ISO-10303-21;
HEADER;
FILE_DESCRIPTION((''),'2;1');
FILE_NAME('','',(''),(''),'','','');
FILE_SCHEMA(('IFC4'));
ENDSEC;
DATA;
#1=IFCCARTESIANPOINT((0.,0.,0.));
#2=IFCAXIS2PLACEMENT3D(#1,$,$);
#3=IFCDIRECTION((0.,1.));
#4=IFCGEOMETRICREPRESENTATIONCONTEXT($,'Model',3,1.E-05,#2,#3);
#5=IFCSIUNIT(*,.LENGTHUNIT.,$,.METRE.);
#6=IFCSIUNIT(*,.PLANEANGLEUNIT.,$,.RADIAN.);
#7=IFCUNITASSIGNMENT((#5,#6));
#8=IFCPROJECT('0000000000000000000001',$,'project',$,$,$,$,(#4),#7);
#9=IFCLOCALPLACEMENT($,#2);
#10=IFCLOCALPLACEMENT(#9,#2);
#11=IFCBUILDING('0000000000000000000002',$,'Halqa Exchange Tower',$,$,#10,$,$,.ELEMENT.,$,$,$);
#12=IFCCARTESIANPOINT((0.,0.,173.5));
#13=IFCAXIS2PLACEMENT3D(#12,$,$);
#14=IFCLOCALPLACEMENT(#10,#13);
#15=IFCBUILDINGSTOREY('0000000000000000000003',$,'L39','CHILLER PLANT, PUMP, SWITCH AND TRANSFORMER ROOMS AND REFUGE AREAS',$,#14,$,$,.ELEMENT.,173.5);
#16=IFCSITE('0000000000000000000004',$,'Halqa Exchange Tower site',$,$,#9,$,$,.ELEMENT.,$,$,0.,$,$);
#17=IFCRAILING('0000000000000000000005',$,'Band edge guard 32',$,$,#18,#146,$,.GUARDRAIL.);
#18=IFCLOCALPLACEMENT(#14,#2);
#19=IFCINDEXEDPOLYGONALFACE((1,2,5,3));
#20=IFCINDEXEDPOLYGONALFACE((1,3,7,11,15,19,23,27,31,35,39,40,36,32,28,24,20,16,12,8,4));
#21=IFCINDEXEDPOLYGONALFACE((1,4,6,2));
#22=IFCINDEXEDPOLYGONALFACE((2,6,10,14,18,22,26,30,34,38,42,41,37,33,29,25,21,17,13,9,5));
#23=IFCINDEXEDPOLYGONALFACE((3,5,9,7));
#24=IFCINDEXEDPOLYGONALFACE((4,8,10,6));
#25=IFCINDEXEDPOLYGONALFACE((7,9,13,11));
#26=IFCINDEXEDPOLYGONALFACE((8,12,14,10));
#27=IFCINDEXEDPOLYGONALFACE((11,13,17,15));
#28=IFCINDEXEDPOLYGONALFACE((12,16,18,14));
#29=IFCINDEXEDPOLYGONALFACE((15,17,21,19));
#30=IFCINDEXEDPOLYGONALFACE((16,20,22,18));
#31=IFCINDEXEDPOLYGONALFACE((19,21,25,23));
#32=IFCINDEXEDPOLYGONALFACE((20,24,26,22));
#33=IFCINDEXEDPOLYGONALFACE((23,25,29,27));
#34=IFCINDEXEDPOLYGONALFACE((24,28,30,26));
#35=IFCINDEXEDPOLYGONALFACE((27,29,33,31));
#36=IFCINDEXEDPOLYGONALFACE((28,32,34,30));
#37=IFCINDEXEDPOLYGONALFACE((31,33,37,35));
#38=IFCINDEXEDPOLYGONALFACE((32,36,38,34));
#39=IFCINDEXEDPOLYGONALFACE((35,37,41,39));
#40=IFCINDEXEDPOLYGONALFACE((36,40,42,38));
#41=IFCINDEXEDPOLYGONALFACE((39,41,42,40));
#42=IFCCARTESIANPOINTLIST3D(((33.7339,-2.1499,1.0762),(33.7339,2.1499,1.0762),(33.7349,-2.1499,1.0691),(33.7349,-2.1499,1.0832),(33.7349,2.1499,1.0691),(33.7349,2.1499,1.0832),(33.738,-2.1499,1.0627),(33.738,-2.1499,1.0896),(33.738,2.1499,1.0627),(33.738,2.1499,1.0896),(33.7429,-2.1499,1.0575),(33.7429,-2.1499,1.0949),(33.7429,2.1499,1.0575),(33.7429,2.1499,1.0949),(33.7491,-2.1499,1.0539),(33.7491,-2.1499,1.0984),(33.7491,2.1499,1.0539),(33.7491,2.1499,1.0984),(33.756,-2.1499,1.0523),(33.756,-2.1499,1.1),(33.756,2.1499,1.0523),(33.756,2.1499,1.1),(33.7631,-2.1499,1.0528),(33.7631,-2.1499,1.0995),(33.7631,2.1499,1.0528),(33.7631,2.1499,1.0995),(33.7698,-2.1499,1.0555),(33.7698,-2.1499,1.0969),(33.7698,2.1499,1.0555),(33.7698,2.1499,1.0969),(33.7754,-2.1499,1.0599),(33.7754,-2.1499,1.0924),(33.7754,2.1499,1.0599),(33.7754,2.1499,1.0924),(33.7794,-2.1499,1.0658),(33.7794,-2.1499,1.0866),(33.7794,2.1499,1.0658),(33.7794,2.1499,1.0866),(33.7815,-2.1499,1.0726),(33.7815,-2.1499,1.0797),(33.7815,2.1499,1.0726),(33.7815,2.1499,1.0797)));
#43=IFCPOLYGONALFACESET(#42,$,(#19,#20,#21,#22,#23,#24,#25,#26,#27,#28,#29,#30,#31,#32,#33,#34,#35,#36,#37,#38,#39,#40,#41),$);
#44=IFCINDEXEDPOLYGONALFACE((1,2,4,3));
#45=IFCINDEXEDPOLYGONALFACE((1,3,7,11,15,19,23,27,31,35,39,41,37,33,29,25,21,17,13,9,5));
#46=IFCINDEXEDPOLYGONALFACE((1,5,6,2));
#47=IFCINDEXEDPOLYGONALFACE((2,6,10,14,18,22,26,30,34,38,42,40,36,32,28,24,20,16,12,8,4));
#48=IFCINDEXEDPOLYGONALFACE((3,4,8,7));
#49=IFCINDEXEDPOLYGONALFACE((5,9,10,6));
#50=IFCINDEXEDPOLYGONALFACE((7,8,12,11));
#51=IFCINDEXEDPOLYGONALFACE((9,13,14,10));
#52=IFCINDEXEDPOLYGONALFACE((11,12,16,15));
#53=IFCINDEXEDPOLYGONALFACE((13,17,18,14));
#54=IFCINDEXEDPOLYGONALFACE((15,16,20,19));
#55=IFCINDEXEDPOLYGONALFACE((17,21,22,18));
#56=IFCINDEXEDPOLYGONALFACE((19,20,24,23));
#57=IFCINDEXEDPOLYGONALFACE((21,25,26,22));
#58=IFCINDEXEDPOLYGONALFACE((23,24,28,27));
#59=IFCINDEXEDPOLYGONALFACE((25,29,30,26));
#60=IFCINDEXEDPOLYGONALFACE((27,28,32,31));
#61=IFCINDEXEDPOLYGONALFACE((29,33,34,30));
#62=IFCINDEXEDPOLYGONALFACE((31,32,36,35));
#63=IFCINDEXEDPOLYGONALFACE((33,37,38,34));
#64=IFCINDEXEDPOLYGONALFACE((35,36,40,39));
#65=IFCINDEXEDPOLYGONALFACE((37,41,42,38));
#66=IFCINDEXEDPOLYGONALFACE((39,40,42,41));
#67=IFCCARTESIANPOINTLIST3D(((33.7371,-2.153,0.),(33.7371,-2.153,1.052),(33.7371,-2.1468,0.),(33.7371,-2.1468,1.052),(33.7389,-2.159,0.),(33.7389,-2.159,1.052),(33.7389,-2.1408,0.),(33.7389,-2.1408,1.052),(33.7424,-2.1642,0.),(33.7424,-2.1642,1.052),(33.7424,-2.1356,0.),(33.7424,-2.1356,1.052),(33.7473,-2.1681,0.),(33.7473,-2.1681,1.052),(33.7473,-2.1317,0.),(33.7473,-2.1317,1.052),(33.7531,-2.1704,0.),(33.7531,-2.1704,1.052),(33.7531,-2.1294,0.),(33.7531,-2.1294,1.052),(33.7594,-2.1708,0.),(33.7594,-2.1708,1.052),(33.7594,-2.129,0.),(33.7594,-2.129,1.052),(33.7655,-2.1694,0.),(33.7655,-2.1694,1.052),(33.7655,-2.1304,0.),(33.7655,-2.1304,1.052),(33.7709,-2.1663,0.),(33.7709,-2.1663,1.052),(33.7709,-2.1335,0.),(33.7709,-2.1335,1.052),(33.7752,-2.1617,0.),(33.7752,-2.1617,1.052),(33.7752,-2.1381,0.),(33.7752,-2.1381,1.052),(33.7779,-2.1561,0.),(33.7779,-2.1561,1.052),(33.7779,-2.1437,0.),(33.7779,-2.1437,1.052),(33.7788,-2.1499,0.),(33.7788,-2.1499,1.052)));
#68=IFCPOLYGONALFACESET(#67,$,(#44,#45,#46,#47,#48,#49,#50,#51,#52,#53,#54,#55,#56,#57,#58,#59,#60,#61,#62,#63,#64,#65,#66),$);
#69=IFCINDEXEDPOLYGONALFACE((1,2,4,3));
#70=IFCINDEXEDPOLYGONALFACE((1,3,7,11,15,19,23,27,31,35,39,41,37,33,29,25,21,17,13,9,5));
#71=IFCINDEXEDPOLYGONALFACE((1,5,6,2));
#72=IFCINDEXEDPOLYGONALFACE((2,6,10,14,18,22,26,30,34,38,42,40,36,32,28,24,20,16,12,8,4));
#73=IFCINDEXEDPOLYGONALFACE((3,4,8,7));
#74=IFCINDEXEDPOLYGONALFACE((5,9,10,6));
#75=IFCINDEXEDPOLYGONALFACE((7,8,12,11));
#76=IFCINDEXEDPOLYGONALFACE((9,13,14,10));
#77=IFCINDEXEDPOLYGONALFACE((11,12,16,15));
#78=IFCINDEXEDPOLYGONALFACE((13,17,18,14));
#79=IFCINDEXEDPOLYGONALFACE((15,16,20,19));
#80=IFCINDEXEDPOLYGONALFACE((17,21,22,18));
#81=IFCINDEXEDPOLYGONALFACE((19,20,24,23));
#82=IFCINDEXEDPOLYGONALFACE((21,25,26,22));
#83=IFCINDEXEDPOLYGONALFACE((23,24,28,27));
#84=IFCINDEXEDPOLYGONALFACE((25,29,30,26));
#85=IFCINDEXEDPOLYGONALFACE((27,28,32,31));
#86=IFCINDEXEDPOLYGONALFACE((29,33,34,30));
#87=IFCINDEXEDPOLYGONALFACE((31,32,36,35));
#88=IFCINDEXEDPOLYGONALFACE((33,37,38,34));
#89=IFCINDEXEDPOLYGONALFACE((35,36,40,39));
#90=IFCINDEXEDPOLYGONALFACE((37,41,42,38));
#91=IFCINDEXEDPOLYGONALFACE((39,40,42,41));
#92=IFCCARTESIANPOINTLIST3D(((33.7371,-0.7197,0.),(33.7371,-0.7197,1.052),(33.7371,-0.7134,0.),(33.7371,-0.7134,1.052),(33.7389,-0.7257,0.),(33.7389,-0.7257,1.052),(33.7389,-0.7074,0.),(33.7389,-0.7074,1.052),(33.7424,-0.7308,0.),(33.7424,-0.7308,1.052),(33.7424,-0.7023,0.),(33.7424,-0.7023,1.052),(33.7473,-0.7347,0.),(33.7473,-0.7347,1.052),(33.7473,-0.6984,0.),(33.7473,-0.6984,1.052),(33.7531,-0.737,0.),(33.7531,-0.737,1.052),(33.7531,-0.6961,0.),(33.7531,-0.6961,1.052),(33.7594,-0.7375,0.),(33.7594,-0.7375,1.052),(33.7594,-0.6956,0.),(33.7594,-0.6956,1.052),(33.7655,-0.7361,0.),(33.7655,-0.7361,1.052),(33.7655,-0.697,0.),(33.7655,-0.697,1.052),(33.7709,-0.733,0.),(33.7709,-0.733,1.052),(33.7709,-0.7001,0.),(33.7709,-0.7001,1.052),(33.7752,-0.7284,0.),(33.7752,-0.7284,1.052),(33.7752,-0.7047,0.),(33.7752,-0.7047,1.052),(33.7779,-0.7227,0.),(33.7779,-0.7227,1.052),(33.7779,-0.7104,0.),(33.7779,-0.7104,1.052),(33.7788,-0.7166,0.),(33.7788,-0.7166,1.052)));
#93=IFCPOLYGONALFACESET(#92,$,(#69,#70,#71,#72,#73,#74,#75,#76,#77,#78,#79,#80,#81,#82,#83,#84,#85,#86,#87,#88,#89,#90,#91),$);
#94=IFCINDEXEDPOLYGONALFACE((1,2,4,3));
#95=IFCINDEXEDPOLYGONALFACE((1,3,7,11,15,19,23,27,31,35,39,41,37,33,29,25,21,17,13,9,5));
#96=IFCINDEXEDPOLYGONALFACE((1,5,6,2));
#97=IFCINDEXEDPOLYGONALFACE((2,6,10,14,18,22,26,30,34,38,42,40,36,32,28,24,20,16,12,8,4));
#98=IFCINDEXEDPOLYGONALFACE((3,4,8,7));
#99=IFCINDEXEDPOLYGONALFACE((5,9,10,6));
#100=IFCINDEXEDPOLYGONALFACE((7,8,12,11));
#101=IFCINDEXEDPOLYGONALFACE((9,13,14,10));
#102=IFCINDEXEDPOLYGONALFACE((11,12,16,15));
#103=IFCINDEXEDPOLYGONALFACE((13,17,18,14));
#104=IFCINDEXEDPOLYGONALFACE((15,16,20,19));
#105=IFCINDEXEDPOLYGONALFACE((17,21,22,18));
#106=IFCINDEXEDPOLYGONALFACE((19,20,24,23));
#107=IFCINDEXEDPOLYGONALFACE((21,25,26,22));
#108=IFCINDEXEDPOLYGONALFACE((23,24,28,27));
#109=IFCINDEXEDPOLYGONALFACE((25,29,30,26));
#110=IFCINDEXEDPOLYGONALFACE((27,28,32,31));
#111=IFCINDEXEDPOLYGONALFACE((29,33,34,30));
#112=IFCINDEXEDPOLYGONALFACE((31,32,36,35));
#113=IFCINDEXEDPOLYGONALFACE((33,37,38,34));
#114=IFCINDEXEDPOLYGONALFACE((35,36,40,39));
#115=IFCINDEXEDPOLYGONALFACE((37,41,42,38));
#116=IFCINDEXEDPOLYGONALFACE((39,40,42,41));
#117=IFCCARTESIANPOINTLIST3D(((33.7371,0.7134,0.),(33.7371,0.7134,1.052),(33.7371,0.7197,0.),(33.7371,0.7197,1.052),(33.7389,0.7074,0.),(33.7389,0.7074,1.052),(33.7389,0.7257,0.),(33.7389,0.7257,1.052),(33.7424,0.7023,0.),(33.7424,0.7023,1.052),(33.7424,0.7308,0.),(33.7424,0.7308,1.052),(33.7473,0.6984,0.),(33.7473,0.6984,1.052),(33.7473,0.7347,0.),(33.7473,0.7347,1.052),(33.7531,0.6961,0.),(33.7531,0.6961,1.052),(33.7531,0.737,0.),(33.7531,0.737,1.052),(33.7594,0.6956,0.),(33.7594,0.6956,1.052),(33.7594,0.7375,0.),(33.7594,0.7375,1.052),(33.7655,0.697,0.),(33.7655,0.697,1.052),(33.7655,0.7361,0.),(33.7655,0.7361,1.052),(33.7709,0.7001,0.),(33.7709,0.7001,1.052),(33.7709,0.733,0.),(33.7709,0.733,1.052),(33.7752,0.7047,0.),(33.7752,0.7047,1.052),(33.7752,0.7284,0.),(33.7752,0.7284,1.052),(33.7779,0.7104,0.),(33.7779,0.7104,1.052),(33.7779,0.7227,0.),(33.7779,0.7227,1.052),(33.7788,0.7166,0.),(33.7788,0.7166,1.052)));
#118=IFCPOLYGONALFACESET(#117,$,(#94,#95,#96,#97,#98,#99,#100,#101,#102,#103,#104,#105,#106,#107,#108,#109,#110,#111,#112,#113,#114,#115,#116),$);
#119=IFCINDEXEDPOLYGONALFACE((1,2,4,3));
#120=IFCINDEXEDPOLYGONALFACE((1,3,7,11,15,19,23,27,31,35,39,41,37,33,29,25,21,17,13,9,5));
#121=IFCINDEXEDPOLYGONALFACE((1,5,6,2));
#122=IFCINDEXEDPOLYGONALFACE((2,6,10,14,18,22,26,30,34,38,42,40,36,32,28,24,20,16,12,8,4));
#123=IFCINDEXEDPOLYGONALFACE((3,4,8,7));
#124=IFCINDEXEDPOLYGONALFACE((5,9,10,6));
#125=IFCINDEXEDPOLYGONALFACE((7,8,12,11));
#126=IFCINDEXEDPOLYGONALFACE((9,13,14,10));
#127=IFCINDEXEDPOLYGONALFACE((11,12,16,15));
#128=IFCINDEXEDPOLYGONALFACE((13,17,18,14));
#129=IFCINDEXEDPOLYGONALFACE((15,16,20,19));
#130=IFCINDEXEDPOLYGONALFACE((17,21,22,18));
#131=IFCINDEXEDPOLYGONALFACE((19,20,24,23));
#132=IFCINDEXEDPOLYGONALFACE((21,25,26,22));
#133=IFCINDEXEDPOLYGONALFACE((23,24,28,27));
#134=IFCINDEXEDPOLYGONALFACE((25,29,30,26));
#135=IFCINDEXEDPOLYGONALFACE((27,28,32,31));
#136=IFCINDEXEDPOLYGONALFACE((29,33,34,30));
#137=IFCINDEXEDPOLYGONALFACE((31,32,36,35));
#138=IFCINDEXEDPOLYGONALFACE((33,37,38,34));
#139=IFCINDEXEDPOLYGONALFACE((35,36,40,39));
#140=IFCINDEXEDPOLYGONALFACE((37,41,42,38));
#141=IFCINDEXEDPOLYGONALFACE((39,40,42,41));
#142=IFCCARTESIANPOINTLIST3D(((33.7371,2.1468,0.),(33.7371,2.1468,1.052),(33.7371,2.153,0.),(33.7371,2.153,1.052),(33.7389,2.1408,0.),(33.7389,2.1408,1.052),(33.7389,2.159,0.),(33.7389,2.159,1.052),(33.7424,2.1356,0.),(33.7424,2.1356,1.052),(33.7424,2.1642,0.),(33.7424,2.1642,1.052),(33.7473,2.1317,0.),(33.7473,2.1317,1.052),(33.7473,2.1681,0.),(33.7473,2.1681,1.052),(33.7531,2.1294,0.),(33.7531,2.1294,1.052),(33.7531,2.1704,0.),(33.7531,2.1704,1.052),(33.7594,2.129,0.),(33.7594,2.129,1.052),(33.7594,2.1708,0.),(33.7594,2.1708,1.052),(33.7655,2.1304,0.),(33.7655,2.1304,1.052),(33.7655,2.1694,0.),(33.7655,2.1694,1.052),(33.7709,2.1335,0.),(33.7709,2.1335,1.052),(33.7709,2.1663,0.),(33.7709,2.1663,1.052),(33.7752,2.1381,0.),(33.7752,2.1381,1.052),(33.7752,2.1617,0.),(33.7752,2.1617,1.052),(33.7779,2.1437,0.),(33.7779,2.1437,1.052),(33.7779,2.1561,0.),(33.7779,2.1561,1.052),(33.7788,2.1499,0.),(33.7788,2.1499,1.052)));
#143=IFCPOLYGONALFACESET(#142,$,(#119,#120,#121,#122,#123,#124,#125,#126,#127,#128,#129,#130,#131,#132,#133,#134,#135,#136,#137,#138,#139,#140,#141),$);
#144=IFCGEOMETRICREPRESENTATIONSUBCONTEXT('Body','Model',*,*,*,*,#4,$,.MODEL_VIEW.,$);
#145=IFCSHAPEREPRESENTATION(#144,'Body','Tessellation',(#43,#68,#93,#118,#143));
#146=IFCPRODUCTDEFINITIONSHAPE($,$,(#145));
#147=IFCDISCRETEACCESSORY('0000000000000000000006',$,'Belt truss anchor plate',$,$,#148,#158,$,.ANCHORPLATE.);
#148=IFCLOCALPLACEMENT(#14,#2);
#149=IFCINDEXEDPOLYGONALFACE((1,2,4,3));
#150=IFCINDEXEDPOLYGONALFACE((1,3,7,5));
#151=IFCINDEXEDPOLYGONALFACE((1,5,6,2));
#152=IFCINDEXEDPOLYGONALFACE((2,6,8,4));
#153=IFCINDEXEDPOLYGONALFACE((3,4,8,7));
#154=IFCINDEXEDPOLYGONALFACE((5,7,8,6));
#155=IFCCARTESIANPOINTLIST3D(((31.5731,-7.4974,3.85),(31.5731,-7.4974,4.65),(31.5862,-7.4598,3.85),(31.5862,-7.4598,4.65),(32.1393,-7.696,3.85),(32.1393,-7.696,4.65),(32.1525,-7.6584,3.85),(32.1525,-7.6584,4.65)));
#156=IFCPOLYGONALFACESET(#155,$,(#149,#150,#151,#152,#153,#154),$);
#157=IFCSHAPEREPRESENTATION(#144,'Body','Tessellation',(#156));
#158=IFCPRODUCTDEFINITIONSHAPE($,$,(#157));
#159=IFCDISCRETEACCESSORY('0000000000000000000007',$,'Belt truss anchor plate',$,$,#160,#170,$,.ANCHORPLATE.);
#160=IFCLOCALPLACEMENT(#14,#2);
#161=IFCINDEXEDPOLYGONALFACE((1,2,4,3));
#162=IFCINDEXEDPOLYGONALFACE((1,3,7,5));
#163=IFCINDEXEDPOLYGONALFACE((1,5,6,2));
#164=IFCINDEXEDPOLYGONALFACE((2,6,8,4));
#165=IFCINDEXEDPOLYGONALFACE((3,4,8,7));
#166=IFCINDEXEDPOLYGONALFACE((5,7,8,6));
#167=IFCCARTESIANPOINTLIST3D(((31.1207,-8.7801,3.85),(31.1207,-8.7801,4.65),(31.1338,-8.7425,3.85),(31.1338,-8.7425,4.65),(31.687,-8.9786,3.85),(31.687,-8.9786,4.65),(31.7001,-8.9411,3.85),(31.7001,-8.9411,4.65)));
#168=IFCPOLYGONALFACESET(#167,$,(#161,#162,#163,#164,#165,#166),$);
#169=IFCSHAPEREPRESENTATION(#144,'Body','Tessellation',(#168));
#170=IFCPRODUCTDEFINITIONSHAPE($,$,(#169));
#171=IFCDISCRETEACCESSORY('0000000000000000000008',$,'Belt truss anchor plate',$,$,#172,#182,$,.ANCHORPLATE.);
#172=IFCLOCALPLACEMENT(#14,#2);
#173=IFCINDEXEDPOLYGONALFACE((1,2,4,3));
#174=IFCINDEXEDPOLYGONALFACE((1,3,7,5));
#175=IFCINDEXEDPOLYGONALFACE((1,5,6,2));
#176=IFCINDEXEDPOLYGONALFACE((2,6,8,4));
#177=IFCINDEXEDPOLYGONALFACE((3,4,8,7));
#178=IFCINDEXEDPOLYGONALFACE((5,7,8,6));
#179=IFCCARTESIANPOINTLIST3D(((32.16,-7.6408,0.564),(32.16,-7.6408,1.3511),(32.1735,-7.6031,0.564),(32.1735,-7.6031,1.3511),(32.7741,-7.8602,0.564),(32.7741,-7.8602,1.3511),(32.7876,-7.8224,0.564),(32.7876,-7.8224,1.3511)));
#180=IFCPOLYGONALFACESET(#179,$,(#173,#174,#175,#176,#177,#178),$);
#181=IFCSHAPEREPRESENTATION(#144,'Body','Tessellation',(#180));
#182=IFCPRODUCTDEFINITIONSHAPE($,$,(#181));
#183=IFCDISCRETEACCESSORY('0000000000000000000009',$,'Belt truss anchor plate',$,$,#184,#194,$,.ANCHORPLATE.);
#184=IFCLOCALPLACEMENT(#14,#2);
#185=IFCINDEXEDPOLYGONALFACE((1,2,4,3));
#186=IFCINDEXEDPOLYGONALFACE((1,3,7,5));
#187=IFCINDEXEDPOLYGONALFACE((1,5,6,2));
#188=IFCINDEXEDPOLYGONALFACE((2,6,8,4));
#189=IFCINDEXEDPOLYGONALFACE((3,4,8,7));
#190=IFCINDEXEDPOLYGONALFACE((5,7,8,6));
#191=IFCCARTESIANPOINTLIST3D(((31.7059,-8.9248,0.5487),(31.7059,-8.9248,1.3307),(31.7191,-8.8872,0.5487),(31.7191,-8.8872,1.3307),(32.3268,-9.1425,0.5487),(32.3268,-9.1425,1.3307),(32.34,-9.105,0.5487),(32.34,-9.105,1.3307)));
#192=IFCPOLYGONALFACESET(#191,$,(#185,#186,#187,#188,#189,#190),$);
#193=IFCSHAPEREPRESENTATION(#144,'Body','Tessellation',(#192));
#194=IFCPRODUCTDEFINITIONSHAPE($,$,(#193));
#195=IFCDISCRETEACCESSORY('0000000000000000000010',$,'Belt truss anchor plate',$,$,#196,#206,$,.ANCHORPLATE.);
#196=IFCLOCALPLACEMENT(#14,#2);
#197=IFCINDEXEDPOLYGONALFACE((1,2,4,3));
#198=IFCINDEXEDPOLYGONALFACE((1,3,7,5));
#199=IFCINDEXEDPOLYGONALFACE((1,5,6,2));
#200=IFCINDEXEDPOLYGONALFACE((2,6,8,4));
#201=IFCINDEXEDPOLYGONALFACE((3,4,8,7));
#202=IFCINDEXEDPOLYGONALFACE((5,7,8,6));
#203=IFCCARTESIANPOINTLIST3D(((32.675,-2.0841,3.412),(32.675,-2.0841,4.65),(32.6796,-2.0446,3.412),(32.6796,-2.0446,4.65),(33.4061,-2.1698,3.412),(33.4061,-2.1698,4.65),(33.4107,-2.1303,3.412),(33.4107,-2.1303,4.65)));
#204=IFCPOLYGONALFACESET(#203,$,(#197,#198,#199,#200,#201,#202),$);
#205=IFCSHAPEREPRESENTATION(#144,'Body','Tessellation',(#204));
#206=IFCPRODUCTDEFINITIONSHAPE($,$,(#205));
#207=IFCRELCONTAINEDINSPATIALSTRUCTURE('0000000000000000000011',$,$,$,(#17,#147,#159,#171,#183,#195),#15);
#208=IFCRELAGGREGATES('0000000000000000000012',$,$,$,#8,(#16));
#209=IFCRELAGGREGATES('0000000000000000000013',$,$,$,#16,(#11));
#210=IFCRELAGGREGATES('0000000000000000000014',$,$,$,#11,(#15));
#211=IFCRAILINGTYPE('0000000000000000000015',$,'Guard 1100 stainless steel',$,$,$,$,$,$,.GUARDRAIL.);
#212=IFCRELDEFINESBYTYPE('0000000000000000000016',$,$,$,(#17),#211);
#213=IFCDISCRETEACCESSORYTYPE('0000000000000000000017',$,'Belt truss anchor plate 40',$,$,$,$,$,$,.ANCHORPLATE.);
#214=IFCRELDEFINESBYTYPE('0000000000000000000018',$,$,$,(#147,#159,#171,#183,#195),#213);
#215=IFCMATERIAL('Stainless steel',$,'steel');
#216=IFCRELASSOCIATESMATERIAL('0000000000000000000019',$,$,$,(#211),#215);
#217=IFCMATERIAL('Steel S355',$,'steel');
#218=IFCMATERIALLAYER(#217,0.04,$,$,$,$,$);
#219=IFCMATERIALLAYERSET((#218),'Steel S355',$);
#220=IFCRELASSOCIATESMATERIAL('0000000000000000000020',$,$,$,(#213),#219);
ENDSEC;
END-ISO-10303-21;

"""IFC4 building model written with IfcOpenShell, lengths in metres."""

from ifc_helpers import new_model, si_unit, direction, frame, origin, origin_2d, place, context, subcontext, project, spatial, rectangle, circle, extrude, material, layer, layer_set, type_object, element, save


model = new_model("IFC4")

# Units and contexts
model_context = context("Model", 3, precision=1e-05, world=origin(), true_north=direction((0.0, 1.0)))
body_context = subcontext(model_context, "Body", "Model", "MODEL_VIEW")
ifc_project = project(units=[si_unit("LENGTHUNIT", "METRE"), si_unit("PLANEANGLEUNIT", "RADIAN")], contexts=[model_context])

# Site, building, storey
site_placement = place(None, origin())
site = spatial("IfcSite", under=ifc_project, at=site_placement, Name="Halqa Exchange Tower site", CompositionType="ELEMENT", RefElevation=0.0)
building_placement = place(site_placement, origin())
building = spatial("IfcBuilding", under=site, at=building_placement, Name="Halqa Exchange Tower", CompositionType="ELEMENT")
storey_placement = place(building_placement, frame((0.0, 0.0, 173.5)))
storey = spatial("IfcBuildingStorey", under=building, at=storey_placement, Name="L39", Description="CHILLER PLANT, PUMP, SWITCH AND TRANSFORMER ROOMS AND REFUGE AREAS", CompositionType="ELEMENT", Elevation=173.5)

# Shared definitions
ifc_material_1 = material(Name="Steel S355", Category="steel")

# Railing
ifc_material_2 = material(Name="Stainless steel", Category="steel")
railing_type = type_object("IfcRailingType", Name="Guard 1100 stainless steel", PredefinedType="GUARDRAIL", material=ifc_material_2)
railing_1_placement = place(storey_placement, frame((33.7578, -2.1499, 0.0)))
element("IfcRailing", 1, at=railing_1_placement, inside=storey, type_object=railing_type, Name="Band edge guard 32", PredefinedType="GUARDRAIL", context=body_context, shape_type="SweptSolid", body=[
    extrude(circle(Radius=0.0239, at=origin_2d()), frame((0.0, 0.0, 1.0762), z_axis=(0.0, 1.0, 0.0), x_axis=(-1.0, 0.0, 0.0)), (0.0, 0.0, 1.0), 4.2998),
    extrude(circle(Radius=0.021, at=origin_2d()), origin(), (0.0, 0.0, 1.0), 1.052),
    extrude(circle(Radius=0.021, at=origin_2d()), frame((0.0, 1.4333, 0.0)), (0.0, 0.0, 1.0), 1.052),
    extrude(circle(Radius=0.021, at=origin_2d()), frame((0.0, 2.8665, 0.0)), (0.0, 0.0, 1.0), 1.052),
    extrude(circle(Radius=0.021, at=origin_2d()), frame((0.0, 4.2998, 0.0)), (0.0, 0.0, 1.0), 1.052),
])

# Discrete accessories
ifc_layer_1 = layer(ifc_material_1, 0.04)
ifc_layer_set_1 = layer_set([ifc_layer_1], Name="Steel S355")
discrete_accessory_type = type_object("IfcDiscreteAccessoryType", Name="Belt truss anchor plate 40", PredefinedType="ANCHORPLATE", material=ifc_layer_set_1)
for number, where, z_axis, x_axis, name in (
    (2, (31.8562, -7.5967, 4.25), (0.330896, 0.943667, 0.0), (-0.943667, 0.330896, 0.0), "Belt truss anchor plate"),
    (3, (31.417, -8.8418, 4.25), (-0.330896, -0.943667, 0.0), (0.943667, -0.330896, 0.0), "Belt truss anchor plate"),
):
    element("IfcDiscreteAccessory", number, at=place(storey_placement, frame(where, z_axis=z_axis, x_axis=x_axis)), inside=storey, type_object=discrete_accessory_type, Name=name, PredefinedType="ANCHORPLATE", context=body_context, shape_type="SweptSolid", body=[
        extrude(rectangle(XDim=0.6001, YDim=0.8, at=origin_2d()), origin(), (0.0, 0.0, 1.0), 0.0398),
    ])
discrete_accessory_1_placement = place(storey_placement, frame((32.467, -7.7505, 0.9575), z_axis=(0.336336, 0.941742, 0.0), x_axis=(-0.941742, 0.336336, 0.0)))
element("IfcDiscreteAccessory", 4, at=discrete_accessory_1_placement, inside=storey, type_object=discrete_accessory_type, Name="Belt truss anchor plate", PredefinedType="ANCHORPLATE", context=body_context, shape_type="SweptSolid", body=[
    extrude(rectangle(XDim=0.6521, YDim=0.7871, at=origin_2d()), origin(), (0.0, 0.0, 1.0), 0.04),
])
discrete_accessory_2_placement = place(storey_placement, frame((32.0295, -8.9961, 0.9397), z_axis=(-0.330896, -0.943667, 0.0), x_axis=(0.943667, -0.330896, 0.0)))
element("IfcDiscreteAccessory", 5, at=discrete_accessory_2_placement, inside=storey, type_object=discrete_accessory_type, Name="Belt truss anchor plate", PredefinedType="ANCHORPLATE", context=body_context, shape_type="SweptSolid", body=[
    extrude(rectangle(XDim=0.658, YDim=0.782, at=origin_2d()), origin(), (0.0, 0.0, 1.0), 0.0398),
])
discrete_accessory_3_placement = place(storey_placement, frame((33.0405, -2.127, 4.031), z_axis=(0.116486, 0.993192, 0.0), x_axis=(-0.993192, 0.116486, 0.0)))
element("IfcDiscreteAccessory", 6, at=discrete_accessory_3_placement, inside=storey, type_object=discrete_accessory_type, Name="Belt truss anchor plate", PredefinedType="ANCHORPLATE", context=body_context, shape_type="SweptSolid", body=[
    extrude(rectangle(XDim=0.7361, YDim=1.238, at=origin_2d()), origin(), (0.0, 0.0, 1.0), 0.0398),
])

save(model, "model.ifc")
